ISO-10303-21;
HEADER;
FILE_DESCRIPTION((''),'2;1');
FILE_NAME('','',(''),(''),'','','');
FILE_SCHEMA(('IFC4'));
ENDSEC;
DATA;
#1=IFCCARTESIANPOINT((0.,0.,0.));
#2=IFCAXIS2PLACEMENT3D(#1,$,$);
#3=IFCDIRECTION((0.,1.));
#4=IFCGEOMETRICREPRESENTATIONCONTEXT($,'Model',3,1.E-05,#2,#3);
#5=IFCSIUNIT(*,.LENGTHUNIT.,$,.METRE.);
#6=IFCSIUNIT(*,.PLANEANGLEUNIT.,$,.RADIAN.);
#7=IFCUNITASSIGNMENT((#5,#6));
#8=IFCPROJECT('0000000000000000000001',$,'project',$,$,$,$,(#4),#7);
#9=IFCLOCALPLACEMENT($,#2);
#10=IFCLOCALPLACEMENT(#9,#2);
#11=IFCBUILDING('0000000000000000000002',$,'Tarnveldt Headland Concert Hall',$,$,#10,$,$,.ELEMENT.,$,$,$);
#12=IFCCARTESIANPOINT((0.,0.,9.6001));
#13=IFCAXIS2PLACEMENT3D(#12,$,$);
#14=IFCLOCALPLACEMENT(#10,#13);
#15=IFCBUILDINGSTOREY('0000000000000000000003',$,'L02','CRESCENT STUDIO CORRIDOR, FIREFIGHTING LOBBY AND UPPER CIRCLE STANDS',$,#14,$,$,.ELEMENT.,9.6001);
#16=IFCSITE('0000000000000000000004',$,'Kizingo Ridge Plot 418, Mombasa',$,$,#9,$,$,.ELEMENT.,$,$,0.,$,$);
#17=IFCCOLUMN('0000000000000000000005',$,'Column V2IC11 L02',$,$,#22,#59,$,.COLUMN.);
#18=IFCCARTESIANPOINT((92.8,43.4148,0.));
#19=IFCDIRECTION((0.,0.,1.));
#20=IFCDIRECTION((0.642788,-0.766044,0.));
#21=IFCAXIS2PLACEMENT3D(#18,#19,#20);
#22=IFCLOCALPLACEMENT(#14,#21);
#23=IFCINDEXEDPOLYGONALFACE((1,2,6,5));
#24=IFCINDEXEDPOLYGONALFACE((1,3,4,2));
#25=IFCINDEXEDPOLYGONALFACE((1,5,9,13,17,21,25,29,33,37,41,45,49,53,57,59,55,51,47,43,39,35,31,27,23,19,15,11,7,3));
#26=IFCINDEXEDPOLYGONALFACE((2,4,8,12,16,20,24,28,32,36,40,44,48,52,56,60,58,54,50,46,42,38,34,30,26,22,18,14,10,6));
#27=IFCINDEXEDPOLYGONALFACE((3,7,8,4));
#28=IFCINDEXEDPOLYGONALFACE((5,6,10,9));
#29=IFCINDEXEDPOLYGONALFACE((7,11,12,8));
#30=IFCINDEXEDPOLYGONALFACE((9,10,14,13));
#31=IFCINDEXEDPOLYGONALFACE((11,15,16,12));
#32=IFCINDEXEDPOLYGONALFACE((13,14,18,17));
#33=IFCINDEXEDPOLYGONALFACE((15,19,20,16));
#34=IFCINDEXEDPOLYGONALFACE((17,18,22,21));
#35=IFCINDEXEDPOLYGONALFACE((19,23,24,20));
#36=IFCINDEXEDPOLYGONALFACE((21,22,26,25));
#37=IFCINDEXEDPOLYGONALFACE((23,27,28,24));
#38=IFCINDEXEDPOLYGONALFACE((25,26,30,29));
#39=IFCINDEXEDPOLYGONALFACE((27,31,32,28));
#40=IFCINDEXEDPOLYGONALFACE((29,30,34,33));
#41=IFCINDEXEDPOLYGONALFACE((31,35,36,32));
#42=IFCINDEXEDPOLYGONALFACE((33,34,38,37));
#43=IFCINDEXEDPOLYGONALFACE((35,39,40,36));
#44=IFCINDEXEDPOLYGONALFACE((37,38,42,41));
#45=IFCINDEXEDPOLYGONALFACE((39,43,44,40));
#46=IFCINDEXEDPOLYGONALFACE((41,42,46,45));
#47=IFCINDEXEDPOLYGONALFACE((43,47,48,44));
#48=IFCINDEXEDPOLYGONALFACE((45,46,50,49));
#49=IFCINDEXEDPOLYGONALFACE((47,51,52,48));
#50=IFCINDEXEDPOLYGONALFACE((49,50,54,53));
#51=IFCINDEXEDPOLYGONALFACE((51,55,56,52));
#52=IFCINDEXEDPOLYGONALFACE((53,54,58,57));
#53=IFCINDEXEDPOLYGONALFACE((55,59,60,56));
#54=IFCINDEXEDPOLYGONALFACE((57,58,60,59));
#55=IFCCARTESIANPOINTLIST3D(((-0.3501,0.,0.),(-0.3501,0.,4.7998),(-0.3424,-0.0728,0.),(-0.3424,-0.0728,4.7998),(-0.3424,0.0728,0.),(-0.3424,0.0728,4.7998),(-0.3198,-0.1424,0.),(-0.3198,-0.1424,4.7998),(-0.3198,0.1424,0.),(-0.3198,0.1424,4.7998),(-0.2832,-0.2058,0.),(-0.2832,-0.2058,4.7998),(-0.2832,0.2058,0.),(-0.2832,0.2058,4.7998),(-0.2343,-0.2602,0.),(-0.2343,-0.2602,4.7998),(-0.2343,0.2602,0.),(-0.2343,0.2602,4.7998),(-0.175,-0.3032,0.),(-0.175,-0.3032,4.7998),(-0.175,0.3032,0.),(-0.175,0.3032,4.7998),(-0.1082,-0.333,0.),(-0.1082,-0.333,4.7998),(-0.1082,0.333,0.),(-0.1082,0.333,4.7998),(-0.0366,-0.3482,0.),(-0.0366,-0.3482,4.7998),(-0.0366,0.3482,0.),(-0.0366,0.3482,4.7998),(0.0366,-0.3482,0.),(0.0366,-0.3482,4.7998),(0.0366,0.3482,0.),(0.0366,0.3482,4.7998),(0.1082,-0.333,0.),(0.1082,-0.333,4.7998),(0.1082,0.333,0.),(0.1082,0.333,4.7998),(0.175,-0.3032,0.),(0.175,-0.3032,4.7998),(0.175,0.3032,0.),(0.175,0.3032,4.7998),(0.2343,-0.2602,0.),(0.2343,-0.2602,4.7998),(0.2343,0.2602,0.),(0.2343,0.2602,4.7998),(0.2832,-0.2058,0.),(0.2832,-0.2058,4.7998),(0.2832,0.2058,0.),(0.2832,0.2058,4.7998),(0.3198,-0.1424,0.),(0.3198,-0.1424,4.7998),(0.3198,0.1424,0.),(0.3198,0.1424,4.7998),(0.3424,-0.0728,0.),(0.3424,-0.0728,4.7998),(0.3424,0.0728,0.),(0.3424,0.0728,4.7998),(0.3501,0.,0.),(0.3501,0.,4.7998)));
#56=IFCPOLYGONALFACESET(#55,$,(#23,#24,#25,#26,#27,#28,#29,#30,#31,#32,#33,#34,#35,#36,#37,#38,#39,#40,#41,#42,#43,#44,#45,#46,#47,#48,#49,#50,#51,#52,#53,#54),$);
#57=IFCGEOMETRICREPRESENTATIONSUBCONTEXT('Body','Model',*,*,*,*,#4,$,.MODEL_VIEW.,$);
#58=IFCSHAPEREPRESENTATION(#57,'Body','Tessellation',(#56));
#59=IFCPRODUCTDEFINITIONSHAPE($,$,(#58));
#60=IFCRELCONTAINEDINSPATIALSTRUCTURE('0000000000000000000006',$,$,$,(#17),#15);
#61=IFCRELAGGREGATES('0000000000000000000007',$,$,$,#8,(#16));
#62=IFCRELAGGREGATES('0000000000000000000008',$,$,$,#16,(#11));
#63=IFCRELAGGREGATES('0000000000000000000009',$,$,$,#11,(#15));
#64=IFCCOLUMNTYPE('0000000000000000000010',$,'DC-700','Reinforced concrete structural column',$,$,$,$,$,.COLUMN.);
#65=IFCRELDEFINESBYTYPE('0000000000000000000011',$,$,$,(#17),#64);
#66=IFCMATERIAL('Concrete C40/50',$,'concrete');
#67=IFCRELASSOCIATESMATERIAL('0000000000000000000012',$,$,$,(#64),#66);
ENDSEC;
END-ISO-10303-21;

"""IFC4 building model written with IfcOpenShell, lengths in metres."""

from ifc_helpers import new_model, si_unit, direction, frame, origin, origin_2d, place, context, subcontext, project, spatial, circle, extrude, material, material_profile, profile_set, type_object, element, save


model = new_model("IFC4")

# Units and contexts
model_context = context("Model", 3, precision=1e-05, world=origin(), true_north=direction((0.0, 1.0)))
body_context = subcontext(model_context, "Body", "Model", "MODEL_VIEW")
ifc_project = project(units=[si_unit("LENGTHUNIT", "METRE"), si_unit("PLANEANGLEUNIT", "RADIAN")], contexts=[model_context])

# Site, building, storey
site_placement = place(None, origin())
site = spatial("IfcSite", under=ifc_project, at=site_placement, Name="Kizingo Ridge Plot 418, Mombasa", CompositionType="ELEMENT", RefElevation=0.0)
building_placement = place(site_placement, origin())
building = spatial("IfcBuilding", under=site, at=building_placement, Name="Tarnveldt Headland Concert Hall", CompositionType="ELEMENT")
storey_placement = place(building_placement, frame((0.0, 0.0, 9.6001)))
storey = spatial("IfcBuildingStorey", under=building, at=storey_placement, Name="L02", Description="CRESCENT STUDIO CORRIDOR, FIREFIGHTING LOBBY AND UPPER CIRCLE STANDS", CompositionType="ELEMENT", Elevation=9.6001)

# Column
ifc_material_1 = material(Name="Concrete C40/50", Category="concrete")
ifc_material_profile_1 = material_profile(ifc_material_1, circle(Radius=0.3501, at=origin_2d()), Name="RC D700", Category="concrete")
ifc_profile_set_1 = profile_set([ifc_material_profile_1], Name="Concrete C40/50")
column_type = type_object("IfcColumnType", Name="DC-700", Description="Reinforced concrete structural column", PredefinedType="COLUMN", material=ifc_profile_set_1)
for number, where, z_axis, x_axis, name in (
    (1, (92.8, 43.4148, 0.0), (0.0, 0.0, 1.0), (0.642788, -0.766044, 0.0), "Column V2IC11 L02"),
):
    element("IfcColumn", number, at=place(storey_placement, frame(where, z_axis=z_axis, x_axis=x_axis)), inside=storey, type_object=column_type, Name=name, PredefinedType="COLUMN", context=body_context, shape_type="SweptSolid", body=[
        extrude(circle(Radius=0.3501, at=origin_2d()), origin(), (0.0, 0.0, 1.0), 4.7998),
    ])

save(model, "model.ifc")
